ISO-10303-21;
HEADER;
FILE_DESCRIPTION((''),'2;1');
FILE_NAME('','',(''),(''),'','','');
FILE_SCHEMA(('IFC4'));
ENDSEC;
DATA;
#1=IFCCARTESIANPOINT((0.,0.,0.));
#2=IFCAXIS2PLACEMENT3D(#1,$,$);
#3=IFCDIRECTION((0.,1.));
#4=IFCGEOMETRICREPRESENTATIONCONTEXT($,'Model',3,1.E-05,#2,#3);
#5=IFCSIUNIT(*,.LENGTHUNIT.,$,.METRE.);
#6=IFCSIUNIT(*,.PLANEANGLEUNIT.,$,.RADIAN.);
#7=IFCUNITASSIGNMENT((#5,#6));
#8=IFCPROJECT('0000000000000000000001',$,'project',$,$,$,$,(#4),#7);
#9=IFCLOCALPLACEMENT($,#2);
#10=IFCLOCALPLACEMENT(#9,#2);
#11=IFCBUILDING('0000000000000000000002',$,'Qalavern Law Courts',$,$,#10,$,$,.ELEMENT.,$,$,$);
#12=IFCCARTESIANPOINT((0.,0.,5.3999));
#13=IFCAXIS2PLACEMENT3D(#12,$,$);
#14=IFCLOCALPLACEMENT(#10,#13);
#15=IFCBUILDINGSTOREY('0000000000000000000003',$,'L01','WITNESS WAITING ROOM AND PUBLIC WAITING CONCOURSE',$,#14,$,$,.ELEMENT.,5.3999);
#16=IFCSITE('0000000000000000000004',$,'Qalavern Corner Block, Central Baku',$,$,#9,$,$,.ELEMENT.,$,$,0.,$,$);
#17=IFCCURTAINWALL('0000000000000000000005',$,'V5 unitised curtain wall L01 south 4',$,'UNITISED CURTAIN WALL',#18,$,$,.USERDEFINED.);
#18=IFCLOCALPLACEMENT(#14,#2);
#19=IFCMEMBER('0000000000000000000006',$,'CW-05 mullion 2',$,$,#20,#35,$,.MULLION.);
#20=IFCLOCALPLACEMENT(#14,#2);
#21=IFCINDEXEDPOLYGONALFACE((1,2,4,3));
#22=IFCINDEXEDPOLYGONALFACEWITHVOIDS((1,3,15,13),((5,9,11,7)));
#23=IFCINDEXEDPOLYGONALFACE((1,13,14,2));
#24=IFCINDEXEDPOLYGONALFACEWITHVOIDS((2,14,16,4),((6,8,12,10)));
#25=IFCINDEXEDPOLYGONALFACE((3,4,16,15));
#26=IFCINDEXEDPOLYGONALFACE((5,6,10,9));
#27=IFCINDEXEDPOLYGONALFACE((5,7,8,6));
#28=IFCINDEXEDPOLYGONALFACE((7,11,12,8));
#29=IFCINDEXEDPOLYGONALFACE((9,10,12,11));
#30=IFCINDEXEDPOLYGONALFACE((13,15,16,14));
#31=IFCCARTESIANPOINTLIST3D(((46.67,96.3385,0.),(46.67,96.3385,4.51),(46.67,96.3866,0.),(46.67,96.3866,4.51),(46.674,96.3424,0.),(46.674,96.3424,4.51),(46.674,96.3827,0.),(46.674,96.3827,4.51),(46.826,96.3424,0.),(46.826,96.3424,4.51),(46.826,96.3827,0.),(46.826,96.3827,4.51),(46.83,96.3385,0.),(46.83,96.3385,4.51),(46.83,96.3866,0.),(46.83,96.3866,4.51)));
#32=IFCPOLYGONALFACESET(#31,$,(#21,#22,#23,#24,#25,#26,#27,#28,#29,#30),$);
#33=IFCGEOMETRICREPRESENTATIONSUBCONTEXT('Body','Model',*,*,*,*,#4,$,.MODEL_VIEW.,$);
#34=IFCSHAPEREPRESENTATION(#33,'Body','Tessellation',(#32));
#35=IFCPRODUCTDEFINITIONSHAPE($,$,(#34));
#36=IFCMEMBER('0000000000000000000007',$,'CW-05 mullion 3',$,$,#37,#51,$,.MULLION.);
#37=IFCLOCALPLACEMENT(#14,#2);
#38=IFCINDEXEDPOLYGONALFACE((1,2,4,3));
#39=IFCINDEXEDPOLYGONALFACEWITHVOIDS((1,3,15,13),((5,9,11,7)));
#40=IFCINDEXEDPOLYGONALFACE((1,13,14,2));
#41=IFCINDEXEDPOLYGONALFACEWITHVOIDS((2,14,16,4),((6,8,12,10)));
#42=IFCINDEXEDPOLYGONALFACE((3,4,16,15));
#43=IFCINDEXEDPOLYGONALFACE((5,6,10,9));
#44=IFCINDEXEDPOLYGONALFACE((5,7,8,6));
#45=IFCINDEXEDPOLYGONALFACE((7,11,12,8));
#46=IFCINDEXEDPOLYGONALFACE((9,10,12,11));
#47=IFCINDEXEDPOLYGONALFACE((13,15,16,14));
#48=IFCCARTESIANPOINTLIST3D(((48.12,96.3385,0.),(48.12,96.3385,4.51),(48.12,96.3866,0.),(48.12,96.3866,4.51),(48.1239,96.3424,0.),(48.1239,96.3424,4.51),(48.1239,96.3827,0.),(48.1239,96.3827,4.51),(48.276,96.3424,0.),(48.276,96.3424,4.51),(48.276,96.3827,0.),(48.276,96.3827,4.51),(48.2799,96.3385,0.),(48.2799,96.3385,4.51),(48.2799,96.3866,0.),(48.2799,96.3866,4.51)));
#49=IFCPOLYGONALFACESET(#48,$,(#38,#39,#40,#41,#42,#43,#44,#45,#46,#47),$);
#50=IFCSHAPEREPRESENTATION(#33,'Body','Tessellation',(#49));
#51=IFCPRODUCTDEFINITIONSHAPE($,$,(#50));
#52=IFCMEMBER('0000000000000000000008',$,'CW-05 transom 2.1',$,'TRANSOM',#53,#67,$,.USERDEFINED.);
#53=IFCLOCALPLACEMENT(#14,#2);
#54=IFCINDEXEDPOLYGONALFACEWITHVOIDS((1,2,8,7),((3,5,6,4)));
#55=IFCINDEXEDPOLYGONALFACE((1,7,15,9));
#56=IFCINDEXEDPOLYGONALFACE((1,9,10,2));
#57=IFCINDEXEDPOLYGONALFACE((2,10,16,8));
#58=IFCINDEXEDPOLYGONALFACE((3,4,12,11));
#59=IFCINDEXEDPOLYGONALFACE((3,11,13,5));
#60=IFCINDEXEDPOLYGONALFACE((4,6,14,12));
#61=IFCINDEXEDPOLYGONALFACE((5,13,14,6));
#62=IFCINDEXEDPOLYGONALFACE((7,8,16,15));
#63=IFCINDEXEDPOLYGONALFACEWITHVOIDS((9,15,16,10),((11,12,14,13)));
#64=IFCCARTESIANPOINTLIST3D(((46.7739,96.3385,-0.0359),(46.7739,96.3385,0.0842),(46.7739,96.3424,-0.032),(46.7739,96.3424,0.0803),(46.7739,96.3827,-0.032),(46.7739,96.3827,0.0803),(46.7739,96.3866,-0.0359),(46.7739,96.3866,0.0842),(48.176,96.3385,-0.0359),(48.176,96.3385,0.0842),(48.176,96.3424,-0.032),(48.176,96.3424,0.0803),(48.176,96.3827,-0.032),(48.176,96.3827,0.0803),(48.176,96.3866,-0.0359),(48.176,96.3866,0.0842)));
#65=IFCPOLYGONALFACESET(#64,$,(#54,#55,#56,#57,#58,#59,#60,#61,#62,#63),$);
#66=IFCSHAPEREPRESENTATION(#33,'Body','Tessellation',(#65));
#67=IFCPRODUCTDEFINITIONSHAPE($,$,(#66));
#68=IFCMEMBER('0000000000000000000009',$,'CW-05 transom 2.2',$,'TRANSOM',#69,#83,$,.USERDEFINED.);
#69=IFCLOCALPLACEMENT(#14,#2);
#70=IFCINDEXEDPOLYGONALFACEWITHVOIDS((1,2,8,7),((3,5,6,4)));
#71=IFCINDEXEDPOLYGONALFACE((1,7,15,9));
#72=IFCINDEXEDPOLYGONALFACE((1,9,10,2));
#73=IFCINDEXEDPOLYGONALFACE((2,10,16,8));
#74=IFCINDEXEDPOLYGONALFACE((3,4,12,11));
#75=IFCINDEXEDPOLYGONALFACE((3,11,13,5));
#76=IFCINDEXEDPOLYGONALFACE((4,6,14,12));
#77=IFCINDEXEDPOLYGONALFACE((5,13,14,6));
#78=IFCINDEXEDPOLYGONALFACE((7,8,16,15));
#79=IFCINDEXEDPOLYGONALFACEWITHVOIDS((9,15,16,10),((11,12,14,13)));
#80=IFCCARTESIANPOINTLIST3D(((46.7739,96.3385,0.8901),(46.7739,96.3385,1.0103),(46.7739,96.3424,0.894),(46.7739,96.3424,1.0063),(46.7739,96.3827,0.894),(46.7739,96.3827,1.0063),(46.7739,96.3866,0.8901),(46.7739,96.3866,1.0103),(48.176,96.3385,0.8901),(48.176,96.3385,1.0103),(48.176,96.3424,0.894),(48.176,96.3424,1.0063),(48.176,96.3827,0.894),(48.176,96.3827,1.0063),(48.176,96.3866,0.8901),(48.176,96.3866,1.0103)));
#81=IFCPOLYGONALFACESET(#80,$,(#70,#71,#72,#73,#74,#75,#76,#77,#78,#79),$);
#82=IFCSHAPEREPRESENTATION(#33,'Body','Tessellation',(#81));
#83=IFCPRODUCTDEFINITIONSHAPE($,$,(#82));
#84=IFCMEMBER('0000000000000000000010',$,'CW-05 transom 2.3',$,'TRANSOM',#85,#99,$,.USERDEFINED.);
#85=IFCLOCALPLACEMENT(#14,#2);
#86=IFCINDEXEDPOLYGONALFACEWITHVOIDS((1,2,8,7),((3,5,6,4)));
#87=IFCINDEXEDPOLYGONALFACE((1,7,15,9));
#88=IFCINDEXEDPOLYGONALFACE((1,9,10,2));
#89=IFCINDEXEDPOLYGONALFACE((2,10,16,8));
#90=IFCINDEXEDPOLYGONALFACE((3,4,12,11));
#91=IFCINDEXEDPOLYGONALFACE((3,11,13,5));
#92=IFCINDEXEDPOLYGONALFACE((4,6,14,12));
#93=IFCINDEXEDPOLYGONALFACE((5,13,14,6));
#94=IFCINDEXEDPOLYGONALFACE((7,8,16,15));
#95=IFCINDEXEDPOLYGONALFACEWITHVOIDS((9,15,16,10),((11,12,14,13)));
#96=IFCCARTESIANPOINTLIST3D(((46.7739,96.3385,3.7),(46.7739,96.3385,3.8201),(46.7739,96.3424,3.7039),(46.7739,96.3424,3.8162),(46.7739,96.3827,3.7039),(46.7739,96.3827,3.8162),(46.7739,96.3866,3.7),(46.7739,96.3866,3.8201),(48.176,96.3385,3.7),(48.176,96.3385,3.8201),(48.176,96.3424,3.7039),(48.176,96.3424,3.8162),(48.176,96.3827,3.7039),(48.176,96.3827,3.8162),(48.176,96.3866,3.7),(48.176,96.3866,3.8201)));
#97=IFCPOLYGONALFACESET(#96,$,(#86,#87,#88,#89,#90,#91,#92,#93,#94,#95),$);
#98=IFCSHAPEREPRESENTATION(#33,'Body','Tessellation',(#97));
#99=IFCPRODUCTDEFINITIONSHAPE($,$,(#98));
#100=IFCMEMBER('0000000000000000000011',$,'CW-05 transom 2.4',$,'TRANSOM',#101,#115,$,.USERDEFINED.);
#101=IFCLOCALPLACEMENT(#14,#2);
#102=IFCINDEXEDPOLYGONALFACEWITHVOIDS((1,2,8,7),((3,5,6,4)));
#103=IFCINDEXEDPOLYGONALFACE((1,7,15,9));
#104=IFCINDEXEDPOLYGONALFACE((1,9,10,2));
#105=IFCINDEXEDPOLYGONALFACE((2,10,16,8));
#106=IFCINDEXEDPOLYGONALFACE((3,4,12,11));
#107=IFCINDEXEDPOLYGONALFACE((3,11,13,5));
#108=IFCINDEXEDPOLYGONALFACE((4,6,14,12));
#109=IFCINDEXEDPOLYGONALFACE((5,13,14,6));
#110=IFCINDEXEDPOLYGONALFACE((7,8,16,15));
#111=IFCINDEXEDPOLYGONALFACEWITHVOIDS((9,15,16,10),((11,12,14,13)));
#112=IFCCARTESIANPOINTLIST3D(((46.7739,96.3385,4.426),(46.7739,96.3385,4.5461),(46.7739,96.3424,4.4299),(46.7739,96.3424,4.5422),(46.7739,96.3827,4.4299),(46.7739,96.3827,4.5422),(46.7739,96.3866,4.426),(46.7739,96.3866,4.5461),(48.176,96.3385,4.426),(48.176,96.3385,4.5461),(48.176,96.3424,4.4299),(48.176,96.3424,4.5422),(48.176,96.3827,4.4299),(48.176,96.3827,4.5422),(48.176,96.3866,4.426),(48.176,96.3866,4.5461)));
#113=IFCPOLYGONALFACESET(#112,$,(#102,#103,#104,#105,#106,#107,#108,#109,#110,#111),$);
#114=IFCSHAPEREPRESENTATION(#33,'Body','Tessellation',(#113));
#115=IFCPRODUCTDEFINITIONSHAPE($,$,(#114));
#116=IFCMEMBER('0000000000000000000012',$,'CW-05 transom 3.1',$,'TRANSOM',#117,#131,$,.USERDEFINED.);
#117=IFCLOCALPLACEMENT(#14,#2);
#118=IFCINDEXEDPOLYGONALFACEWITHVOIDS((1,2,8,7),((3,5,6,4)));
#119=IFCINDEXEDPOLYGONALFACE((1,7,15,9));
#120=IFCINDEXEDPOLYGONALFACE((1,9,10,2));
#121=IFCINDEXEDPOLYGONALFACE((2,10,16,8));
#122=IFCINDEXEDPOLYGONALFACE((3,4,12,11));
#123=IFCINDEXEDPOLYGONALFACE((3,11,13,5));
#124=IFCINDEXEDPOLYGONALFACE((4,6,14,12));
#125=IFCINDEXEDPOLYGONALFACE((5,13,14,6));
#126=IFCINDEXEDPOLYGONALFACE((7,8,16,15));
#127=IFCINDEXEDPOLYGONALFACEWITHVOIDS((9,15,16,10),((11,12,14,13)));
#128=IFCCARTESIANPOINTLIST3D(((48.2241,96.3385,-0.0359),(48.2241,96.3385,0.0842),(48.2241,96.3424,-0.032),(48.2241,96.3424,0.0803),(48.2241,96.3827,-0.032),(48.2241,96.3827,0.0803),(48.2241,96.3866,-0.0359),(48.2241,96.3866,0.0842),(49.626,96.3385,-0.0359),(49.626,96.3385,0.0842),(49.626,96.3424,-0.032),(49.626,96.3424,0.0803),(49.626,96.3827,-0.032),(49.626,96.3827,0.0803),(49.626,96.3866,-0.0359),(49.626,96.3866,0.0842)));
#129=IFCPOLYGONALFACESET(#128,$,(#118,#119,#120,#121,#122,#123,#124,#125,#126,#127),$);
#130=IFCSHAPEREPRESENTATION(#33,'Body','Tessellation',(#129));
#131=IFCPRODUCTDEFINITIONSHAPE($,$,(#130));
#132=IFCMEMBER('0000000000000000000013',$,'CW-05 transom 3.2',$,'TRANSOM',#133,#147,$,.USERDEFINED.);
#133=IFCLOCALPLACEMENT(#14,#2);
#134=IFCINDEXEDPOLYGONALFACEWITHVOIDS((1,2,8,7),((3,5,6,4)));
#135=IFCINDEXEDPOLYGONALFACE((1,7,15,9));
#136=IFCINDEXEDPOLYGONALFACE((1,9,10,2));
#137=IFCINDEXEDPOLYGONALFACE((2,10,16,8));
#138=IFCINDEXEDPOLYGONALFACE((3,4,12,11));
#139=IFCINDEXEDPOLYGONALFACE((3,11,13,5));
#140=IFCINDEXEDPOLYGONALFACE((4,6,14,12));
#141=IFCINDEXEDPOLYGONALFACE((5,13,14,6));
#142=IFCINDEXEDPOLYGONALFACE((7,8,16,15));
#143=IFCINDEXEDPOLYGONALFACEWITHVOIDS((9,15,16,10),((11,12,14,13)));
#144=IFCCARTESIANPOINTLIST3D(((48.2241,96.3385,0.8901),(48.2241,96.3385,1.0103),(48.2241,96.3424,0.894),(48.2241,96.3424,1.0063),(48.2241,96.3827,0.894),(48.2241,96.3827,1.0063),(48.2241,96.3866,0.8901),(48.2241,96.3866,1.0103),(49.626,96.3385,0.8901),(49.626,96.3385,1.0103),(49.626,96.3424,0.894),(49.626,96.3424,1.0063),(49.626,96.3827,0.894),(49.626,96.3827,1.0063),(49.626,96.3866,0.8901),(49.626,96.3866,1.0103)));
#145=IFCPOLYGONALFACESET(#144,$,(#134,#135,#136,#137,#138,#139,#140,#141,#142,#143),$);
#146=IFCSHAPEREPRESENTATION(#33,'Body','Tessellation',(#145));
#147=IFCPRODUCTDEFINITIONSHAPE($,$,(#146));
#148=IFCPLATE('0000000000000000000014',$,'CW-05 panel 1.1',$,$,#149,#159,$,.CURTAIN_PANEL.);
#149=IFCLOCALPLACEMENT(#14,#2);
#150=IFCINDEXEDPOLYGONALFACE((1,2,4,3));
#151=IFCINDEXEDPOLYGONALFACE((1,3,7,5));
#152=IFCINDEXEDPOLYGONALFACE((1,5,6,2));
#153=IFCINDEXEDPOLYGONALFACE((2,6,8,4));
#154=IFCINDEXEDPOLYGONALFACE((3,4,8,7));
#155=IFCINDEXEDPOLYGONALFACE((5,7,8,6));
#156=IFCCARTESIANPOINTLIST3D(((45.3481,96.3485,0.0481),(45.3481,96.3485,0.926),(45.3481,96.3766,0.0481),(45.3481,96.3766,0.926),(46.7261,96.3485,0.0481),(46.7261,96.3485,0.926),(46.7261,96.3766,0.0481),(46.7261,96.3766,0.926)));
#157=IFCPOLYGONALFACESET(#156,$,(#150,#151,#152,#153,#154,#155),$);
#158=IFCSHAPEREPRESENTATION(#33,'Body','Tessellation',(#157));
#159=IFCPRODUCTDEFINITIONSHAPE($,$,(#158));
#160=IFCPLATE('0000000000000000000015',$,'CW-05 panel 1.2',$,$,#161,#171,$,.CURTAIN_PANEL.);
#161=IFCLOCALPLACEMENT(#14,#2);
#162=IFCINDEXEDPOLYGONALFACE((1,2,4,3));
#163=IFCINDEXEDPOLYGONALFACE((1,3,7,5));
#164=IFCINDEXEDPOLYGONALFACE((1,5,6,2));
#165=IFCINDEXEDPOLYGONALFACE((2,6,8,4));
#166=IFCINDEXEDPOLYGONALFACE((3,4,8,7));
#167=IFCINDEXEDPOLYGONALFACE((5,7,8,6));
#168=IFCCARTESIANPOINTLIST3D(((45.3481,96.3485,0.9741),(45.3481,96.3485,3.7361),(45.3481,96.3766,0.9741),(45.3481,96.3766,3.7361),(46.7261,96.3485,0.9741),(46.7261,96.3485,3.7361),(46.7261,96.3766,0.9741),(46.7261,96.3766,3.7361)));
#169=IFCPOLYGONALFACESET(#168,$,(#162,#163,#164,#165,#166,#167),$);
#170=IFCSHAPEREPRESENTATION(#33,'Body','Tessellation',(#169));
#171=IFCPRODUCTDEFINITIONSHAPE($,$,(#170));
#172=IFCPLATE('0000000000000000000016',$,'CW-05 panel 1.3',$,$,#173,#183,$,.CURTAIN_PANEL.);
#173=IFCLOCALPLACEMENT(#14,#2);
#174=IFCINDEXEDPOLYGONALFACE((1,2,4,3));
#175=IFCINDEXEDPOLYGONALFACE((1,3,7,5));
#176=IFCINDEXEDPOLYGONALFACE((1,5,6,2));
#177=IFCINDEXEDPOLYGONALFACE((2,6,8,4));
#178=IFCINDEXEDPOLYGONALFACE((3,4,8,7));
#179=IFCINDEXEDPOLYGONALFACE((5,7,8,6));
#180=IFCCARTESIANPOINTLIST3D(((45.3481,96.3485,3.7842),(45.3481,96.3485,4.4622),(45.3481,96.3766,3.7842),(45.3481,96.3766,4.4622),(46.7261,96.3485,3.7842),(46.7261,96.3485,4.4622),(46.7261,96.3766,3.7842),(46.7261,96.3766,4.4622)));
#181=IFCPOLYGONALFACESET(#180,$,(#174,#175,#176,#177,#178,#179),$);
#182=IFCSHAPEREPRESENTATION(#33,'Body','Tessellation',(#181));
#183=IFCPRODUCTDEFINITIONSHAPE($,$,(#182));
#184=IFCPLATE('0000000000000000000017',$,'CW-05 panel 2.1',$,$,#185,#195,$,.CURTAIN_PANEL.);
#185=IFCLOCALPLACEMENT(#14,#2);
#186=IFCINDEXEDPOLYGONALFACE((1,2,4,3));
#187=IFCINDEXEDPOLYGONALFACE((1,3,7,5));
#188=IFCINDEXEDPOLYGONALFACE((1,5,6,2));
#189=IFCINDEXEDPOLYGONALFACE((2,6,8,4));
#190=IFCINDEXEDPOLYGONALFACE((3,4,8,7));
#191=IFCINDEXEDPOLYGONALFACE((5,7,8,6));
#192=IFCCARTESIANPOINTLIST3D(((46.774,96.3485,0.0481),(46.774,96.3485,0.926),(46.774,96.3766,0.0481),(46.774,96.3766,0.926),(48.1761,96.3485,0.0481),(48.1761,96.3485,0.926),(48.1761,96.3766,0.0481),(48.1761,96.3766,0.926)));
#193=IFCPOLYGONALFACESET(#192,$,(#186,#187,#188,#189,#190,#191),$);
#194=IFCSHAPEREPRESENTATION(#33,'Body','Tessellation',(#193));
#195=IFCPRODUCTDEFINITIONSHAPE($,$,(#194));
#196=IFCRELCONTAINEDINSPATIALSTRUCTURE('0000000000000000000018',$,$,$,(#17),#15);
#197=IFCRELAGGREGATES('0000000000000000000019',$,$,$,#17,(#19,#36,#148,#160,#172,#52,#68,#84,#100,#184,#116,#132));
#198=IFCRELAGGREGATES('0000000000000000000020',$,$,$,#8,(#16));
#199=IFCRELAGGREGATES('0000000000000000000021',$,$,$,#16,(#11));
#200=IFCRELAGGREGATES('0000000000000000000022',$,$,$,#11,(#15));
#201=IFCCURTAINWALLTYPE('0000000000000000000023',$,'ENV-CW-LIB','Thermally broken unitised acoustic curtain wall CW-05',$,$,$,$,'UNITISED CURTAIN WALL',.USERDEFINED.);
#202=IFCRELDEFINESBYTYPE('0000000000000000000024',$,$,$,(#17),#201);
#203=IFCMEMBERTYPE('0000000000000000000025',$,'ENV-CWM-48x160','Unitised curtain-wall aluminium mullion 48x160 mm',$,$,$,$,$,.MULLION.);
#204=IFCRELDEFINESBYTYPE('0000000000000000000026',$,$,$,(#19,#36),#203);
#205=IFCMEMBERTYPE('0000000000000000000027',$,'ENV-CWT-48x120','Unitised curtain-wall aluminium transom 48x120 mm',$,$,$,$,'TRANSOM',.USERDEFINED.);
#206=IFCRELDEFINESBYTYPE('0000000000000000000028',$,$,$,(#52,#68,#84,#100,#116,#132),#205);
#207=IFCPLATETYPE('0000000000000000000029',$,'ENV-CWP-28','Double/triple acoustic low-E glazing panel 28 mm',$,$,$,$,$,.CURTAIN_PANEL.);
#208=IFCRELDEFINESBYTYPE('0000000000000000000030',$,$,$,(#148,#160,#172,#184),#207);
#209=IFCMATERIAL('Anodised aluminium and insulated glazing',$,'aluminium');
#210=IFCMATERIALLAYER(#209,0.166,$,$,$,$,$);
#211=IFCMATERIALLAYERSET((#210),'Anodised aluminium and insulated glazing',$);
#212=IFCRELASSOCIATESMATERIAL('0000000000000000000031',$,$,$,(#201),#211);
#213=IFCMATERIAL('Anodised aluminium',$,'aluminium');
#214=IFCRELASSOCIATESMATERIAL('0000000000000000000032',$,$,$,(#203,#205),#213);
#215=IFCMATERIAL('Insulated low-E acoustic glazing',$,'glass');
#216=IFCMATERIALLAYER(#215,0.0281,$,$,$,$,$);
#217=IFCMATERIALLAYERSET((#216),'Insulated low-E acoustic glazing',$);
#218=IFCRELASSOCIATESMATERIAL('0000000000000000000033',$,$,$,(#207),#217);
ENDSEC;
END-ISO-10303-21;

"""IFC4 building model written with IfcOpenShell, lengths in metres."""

from ifc_helpers import new_model, si_unit, direction, frame, origin, origin_2d, place, context, subcontext, project, spatial, rectangle, hollow_rectangle, extrude, material, layer, layer_set, material_profile, profile_set, type_object, element, aggregate, save


model = new_model("IFC4")

# Units and contexts
model_context = context("Model", 3, precision=1e-05, world=origin(), true_north=direction((0.0, 1.0)))
body_context = subcontext(model_context, "Body", "Model", "MODEL_VIEW")
ifc_project = project(units=[si_unit("LENGTHUNIT", "METRE"), si_unit("PLANEANGLEUNIT", "RADIAN")], contexts=[model_context])

# Site, building, storey
site_placement = place(None, origin())
site = spatial("IfcSite", under=ifc_project, at=site_placement, Name="Qalavern Corner Block, Central Baku", CompositionType="ELEMENT", RefElevation=0.0)
building_placement = place(site_placement, origin())
building = spatial("IfcBuilding", under=site, at=building_placement, Name="Qalavern Law Courts", CompositionType="ELEMENT")
storey_placement = place(building_placement, frame((0.0, 0.0, 5.3999)))
storey = spatial("IfcBuildingStorey", under=building, at=storey_placement, Name="L01", Description="WITNESS WAITING ROOM AND PUBLIC WAITING CONCOURSE", CompositionType="ELEMENT", Elevation=5.3999)

# Curtain wall, members, plates
ifc_material_1 = material(Name="Anodised aluminium and insulated glazing", Category="aluminium")
ifc_layer_1 = layer(ifc_material_1, 0.166)
ifc_layer_set_1 = layer_set([ifc_layer_1], Name="Anodised aluminium and insulated glazing")
curtain_wall_type = type_object("IfcCurtainWallType", Name="ENV-CW-LIB", Description="Thermally broken unitised acoustic curtain wall CW-05", ElementType="UNITISED CURTAIN WALL", PredefinedType="USERDEFINED", material=ifc_layer_set_1)
curtain_wall_placement = place(storey_placement, origin())
curtain_wall = element("IfcCurtainWall", 1, at=curtain_wall_placement, inside=storey, type_object=curtain_wall_type, Name="V5 unitised curtain wall L01 south 4", ObjectType="UNITISED CURTAIN WALL", PredefinedType="USERDEFINED")
ifc_material_2 = material(Name="Anodised aluminium", Category="aluminium")
ifc_material_profile_1 = material_profile(ifc_material_2, hollow_rectangle(XDim=0.0481, YDim=0.1599, WallThickness=0.0039, at=origin_2d()), Name="ALU MULLION 48x160")
ifc_profile_set_1 = profile_set([ifc_material_profile_1], Name="Anodised aluminium")
member_type_1 = type_object("IfcMemberType", Name="ENV-CWM-48x160", Description="Unitised curtain-wall aluminium mullion 48x160 mm", PredefinedType="MULLION", material=ifc_profile_set_1)
member_1_placement = place(storey_placement, frame((46.75, 96.3625, 0.0), z_axis=(0.0, 0.0, 1.0), x_axis=(0.0, 1.0, 0.0)))
member_1 = element("IfcMember", 2, at=member_1_placement, type_object=member_type_1, Name="CW-05 mullion 2", PredefinedType="MULLION", context=body_context, shape_type="SweptSolid", body=[
    extrude(hollow_rectangle(XDim=0.0481, YDim=0.1599, WallThickness=0.0039, at=origin_2d()), origin(), (0.0, 0.0, 1.0), 4.51),
])
member_2_placement = place(storey_placement, frame((48.2, 96.3625, 0.0), z_axis=(0.0, 0.0, 1.0), x_axis=(0.0, 1.0, 0.0)))
member_2 = element("IfcMember", 3, at=member_2_placement, type_object=member_type_1, Name="CW-05 mullion 3", PredefinedType="MULLION", context=body_context, shape_type="SweptSolid", body=[
    extrude(hollow_rectangle(XDim=0.0481, YDim=0.1599, WallThickness=0.0039, at=origin_2d()), origin(), (0.0, 0.0, 1.0), 4.51),
])
ifc_material_profile_2 = material_profile(ifc_material_2, hollow_rectangle(XDim=0.0481, YDim=0.1201, WallThickness=0.0039, at=origin_2d()), Name="ALU TRANSOM 48x120")
ifc_profile_set_2 = profile_set([ifc_material_profile_2], Name="Anodised aluminium")
member_type_2 = type_object("IfcMemberType", Name="ENV-CWT-48x120", Description="Unitised curtain-wall aluminium transom 48x120 mm", ElementType="TRANSOM", PredefinedType="USERDEFINED", material=ifc_profile_set_2)
member_3_placement = place(storey_placement, frame((46.7739, 96.3625, 0.0242), z_axis=(1.0, 0.0, 0.0), x_axis=(0.0, 1.0, 0.0)))
member_3 = element("IfcMember", 4, at=member_3_placement, type_object=member_type_2, Name="CW-05 transom 2.1", ObjectType="TRANSOM", PredefinedType="USERDEFINED", context=body_context, shape_type="SweptSolid", body=[
    extrude(hollow_rectangle(XDim=0.0481, YDim=0.1201, WallThickness=0.0039, at=origin_2d()), origin(), (0.0, 0.0, 1.0), 1.4021),
])
member_4_placement = place(storey_placement, frame((46.7739, 96.3625, 0.9502), z_axis=(1.0, 0.0, 0.0), x_axis=(0.0, 1.0, 0.0)))
member_4 = element("IfcMember", 5, at=member_4_placement, type_object=member_type_2, Name="CW-05 transom 2.2", ObjectType="TRANSOM", PredefinedType="USERDEFINED", context=body_context, shape_type="SweptSolid", body=[
    extrude(hollow_rectangle(XDim=0.0481, YDim=0.1201, WallThickness=0.0039, at=origin_2d()), origin(), (0.0, 0.0, 1.0), 1.4021),
])
member_5_placement = place(storey_placement, frame((46.7739, 96.3625, 3.76), z_axis=(1.0, 0.0, 0.0), x_axis=(0.0, 1.0, 0.0)))
member_5 = element("IfcMember", 6, at=member_5_placement, type_object=member_type_2, Name="CW-05 transom 2.3", ObjectType="TRANSOM", PredefinedType="USERDEFINED", context=body_context, shape_type="SweptSolid", body=[
    extrude(hollow_rectangle(XDim=0.0481, YDim=0.1201, WallThickness=0.0039, at=origin_2d()), origin(), (0.0, 0.0, 1.0), 1.4021),
])
member_6_placement = place(storey_placement, frame((46.7739, 96.3625, 4.4861), z_axis=(1.0, 0.0, 0.0), x_axis=(0.0, 1.0, 0.0)))
member_6 = element("IfcMember", 7, at=member_6_placement, type_object=member_type_2, Name="CW-05 transom 2.4", ObjectType="TRANSOM", PredefinedType="USERDEFINED", context=body_context, shape_type="SweptSolid", body=[
    extrude(hollow_rectangle(XDim=0.0481, YDim=0.1201, WallThickness=0.0039, at=origin_2d()), origin(), (0.0, 0.0, 1.0), 1.4021),
])
member_7_placement = place(storey_placement, frame((48.2241, 96.3625, 0.0242), z_axis=(1.0, 0.0, 0.0), x_axis=(0.0, 1.0, 0.0)))
member_7 = element("IfcMember", 8, at=member_7_placement, type_object=member_type_2, Name="CW-05 transom 3.1", ObjectType="TRANSOM", PredefinedType="USERDEFINED", context=body_context, shape_type="SweptSolid", body=[
    extrude(hollow_rectangle(XDim=0.0481, YDim=0.1201, WallThickness=0.0039, at=origin_2d()), origin(), (0.0, 0.0, 1.0), 1.4019),
])
member_8_placement = place(storey_placement, frame((48.2241, 96.3625, 0.9502), z_axis=(1.0, 0.0, 0.0), x_axis=(0.0, 1.0, 0.0)))
member_8 = element("IfcMember", 9, at=member_8_placement, type_object=member_type_2, Name="CW-05 transom 3.2", ObjectType="TRANSOM", PredefinedType="USERDEFINED", context=body_context, shape_type="SweptSolid", body=[
    extrude(hollow_rectangle(XDim=0.0481, YDim=0.1201, WallThickness=0.0039, at=origin_2d()), origin(), (0.0, 0.0, 1.0), 1.4019),
])
ifc_material_3 = material(Name="Insulated low-E acoustic glazing", Category="glass")
ifc_layer_2 = layer(ifc_material_3, 0.0281)
ifc_layer_set_2 = layer_set([ifc_layer_2], Name="Insulated low-E acoustic glazing")
plate_type = type_object("IfcPlateType", Name="ENV-CWP-28", Description="Double/triple acoustic low-E glazing panel 28 mm", PredefinedType="CURTAIN_PANEL", material=ifc_layer_set_2)
plate_1_placement = place(storey_placement, frame((46.0371, 96.3625, 0.0481), z_axis=(0.0, 0.0, 1.0), x_axis=(1.0, 0.0, 0.0)))
plate_1 = element("IfcPlate", 10, at=plate_1_placement, type_object=plate_type, Name="CW-05 panel 1.1", PredefinedType="CURTAIN_PANEL", context=body_context, shape_type="SweptSolid", body=[
    extrude(rectangle(XDim=1.3779, YDim=0.0281, at=origin_2d()), origin(), (0.0, 0.0, 1.0), 0.8779),
])
plate_2_placement = place(storey_placement, frame((46.0371, 96.3625, 0.9741), z_axis=(0.0, 0.0, 1.0), x_axis=(1.0, 0.0, 0.0)))
plate_2 = element("IfcPlate", 11, at=plate_2_placement, type_object=plate_type, Name="CW-05 panel 1.2", PredefinedType="CURTAIN_PANEL", context=body_context, shape_type="SweptSolid", body=[
    extrude(rectangle(XDim=1.3779, YDim=0.0281, at=origin_2d()), origin(), (0.0, 0.0, 1.0), 2.762),
])
plate_3_placement = place(storey_placement, frame((46.0371, 96.3625, 3.7842), z_axis=(0.0, 0.0, 1.0), x_axis=(1.0, 0.0, 0.0)))
plate_3 = element("IfcPlate", 12, at=plate_3_placement, type_object=plate_type, Name="CW-05 panel 1.3", PredefinedType="CURTAIN_PANEL", context=body_context, shape_type="SweptSolid", body=[
    extrude(rectangle(XDim=1.3779, YDim=0.0281, at=origin_2d()), origin(), (0.0, 0.0, 1.0), 0.678),
])
plate_4_placement = place(storey_placement, frame((47.4751, 96.3625, 0.0481), z_axis=(0.0, 0.0, 1.0), x_axis=(1.0, 0.0, 0.0)))
plate_4 = element("IfcPlate", 13, at=plate_4_placement, type_object=plate_type, Name="CW-05 panel 2.1", PredefinedType="CURTAIN_PANEL", context=body_context, shape_type="SweptSolid", body=[
    extrude(rectangle(XDim=1.4021, YDim=0.0281, at=origin_2d()), origin(), (0.0, 0.0, 1.0), 0.8779),
])
aggregate(curtain_wall, [member_1, member_2, plate_1, plate_2, plate_3, member_3, member_4, member_5, member_6, plate_4, member_7, member_8])

save(model, "model.ifc")
